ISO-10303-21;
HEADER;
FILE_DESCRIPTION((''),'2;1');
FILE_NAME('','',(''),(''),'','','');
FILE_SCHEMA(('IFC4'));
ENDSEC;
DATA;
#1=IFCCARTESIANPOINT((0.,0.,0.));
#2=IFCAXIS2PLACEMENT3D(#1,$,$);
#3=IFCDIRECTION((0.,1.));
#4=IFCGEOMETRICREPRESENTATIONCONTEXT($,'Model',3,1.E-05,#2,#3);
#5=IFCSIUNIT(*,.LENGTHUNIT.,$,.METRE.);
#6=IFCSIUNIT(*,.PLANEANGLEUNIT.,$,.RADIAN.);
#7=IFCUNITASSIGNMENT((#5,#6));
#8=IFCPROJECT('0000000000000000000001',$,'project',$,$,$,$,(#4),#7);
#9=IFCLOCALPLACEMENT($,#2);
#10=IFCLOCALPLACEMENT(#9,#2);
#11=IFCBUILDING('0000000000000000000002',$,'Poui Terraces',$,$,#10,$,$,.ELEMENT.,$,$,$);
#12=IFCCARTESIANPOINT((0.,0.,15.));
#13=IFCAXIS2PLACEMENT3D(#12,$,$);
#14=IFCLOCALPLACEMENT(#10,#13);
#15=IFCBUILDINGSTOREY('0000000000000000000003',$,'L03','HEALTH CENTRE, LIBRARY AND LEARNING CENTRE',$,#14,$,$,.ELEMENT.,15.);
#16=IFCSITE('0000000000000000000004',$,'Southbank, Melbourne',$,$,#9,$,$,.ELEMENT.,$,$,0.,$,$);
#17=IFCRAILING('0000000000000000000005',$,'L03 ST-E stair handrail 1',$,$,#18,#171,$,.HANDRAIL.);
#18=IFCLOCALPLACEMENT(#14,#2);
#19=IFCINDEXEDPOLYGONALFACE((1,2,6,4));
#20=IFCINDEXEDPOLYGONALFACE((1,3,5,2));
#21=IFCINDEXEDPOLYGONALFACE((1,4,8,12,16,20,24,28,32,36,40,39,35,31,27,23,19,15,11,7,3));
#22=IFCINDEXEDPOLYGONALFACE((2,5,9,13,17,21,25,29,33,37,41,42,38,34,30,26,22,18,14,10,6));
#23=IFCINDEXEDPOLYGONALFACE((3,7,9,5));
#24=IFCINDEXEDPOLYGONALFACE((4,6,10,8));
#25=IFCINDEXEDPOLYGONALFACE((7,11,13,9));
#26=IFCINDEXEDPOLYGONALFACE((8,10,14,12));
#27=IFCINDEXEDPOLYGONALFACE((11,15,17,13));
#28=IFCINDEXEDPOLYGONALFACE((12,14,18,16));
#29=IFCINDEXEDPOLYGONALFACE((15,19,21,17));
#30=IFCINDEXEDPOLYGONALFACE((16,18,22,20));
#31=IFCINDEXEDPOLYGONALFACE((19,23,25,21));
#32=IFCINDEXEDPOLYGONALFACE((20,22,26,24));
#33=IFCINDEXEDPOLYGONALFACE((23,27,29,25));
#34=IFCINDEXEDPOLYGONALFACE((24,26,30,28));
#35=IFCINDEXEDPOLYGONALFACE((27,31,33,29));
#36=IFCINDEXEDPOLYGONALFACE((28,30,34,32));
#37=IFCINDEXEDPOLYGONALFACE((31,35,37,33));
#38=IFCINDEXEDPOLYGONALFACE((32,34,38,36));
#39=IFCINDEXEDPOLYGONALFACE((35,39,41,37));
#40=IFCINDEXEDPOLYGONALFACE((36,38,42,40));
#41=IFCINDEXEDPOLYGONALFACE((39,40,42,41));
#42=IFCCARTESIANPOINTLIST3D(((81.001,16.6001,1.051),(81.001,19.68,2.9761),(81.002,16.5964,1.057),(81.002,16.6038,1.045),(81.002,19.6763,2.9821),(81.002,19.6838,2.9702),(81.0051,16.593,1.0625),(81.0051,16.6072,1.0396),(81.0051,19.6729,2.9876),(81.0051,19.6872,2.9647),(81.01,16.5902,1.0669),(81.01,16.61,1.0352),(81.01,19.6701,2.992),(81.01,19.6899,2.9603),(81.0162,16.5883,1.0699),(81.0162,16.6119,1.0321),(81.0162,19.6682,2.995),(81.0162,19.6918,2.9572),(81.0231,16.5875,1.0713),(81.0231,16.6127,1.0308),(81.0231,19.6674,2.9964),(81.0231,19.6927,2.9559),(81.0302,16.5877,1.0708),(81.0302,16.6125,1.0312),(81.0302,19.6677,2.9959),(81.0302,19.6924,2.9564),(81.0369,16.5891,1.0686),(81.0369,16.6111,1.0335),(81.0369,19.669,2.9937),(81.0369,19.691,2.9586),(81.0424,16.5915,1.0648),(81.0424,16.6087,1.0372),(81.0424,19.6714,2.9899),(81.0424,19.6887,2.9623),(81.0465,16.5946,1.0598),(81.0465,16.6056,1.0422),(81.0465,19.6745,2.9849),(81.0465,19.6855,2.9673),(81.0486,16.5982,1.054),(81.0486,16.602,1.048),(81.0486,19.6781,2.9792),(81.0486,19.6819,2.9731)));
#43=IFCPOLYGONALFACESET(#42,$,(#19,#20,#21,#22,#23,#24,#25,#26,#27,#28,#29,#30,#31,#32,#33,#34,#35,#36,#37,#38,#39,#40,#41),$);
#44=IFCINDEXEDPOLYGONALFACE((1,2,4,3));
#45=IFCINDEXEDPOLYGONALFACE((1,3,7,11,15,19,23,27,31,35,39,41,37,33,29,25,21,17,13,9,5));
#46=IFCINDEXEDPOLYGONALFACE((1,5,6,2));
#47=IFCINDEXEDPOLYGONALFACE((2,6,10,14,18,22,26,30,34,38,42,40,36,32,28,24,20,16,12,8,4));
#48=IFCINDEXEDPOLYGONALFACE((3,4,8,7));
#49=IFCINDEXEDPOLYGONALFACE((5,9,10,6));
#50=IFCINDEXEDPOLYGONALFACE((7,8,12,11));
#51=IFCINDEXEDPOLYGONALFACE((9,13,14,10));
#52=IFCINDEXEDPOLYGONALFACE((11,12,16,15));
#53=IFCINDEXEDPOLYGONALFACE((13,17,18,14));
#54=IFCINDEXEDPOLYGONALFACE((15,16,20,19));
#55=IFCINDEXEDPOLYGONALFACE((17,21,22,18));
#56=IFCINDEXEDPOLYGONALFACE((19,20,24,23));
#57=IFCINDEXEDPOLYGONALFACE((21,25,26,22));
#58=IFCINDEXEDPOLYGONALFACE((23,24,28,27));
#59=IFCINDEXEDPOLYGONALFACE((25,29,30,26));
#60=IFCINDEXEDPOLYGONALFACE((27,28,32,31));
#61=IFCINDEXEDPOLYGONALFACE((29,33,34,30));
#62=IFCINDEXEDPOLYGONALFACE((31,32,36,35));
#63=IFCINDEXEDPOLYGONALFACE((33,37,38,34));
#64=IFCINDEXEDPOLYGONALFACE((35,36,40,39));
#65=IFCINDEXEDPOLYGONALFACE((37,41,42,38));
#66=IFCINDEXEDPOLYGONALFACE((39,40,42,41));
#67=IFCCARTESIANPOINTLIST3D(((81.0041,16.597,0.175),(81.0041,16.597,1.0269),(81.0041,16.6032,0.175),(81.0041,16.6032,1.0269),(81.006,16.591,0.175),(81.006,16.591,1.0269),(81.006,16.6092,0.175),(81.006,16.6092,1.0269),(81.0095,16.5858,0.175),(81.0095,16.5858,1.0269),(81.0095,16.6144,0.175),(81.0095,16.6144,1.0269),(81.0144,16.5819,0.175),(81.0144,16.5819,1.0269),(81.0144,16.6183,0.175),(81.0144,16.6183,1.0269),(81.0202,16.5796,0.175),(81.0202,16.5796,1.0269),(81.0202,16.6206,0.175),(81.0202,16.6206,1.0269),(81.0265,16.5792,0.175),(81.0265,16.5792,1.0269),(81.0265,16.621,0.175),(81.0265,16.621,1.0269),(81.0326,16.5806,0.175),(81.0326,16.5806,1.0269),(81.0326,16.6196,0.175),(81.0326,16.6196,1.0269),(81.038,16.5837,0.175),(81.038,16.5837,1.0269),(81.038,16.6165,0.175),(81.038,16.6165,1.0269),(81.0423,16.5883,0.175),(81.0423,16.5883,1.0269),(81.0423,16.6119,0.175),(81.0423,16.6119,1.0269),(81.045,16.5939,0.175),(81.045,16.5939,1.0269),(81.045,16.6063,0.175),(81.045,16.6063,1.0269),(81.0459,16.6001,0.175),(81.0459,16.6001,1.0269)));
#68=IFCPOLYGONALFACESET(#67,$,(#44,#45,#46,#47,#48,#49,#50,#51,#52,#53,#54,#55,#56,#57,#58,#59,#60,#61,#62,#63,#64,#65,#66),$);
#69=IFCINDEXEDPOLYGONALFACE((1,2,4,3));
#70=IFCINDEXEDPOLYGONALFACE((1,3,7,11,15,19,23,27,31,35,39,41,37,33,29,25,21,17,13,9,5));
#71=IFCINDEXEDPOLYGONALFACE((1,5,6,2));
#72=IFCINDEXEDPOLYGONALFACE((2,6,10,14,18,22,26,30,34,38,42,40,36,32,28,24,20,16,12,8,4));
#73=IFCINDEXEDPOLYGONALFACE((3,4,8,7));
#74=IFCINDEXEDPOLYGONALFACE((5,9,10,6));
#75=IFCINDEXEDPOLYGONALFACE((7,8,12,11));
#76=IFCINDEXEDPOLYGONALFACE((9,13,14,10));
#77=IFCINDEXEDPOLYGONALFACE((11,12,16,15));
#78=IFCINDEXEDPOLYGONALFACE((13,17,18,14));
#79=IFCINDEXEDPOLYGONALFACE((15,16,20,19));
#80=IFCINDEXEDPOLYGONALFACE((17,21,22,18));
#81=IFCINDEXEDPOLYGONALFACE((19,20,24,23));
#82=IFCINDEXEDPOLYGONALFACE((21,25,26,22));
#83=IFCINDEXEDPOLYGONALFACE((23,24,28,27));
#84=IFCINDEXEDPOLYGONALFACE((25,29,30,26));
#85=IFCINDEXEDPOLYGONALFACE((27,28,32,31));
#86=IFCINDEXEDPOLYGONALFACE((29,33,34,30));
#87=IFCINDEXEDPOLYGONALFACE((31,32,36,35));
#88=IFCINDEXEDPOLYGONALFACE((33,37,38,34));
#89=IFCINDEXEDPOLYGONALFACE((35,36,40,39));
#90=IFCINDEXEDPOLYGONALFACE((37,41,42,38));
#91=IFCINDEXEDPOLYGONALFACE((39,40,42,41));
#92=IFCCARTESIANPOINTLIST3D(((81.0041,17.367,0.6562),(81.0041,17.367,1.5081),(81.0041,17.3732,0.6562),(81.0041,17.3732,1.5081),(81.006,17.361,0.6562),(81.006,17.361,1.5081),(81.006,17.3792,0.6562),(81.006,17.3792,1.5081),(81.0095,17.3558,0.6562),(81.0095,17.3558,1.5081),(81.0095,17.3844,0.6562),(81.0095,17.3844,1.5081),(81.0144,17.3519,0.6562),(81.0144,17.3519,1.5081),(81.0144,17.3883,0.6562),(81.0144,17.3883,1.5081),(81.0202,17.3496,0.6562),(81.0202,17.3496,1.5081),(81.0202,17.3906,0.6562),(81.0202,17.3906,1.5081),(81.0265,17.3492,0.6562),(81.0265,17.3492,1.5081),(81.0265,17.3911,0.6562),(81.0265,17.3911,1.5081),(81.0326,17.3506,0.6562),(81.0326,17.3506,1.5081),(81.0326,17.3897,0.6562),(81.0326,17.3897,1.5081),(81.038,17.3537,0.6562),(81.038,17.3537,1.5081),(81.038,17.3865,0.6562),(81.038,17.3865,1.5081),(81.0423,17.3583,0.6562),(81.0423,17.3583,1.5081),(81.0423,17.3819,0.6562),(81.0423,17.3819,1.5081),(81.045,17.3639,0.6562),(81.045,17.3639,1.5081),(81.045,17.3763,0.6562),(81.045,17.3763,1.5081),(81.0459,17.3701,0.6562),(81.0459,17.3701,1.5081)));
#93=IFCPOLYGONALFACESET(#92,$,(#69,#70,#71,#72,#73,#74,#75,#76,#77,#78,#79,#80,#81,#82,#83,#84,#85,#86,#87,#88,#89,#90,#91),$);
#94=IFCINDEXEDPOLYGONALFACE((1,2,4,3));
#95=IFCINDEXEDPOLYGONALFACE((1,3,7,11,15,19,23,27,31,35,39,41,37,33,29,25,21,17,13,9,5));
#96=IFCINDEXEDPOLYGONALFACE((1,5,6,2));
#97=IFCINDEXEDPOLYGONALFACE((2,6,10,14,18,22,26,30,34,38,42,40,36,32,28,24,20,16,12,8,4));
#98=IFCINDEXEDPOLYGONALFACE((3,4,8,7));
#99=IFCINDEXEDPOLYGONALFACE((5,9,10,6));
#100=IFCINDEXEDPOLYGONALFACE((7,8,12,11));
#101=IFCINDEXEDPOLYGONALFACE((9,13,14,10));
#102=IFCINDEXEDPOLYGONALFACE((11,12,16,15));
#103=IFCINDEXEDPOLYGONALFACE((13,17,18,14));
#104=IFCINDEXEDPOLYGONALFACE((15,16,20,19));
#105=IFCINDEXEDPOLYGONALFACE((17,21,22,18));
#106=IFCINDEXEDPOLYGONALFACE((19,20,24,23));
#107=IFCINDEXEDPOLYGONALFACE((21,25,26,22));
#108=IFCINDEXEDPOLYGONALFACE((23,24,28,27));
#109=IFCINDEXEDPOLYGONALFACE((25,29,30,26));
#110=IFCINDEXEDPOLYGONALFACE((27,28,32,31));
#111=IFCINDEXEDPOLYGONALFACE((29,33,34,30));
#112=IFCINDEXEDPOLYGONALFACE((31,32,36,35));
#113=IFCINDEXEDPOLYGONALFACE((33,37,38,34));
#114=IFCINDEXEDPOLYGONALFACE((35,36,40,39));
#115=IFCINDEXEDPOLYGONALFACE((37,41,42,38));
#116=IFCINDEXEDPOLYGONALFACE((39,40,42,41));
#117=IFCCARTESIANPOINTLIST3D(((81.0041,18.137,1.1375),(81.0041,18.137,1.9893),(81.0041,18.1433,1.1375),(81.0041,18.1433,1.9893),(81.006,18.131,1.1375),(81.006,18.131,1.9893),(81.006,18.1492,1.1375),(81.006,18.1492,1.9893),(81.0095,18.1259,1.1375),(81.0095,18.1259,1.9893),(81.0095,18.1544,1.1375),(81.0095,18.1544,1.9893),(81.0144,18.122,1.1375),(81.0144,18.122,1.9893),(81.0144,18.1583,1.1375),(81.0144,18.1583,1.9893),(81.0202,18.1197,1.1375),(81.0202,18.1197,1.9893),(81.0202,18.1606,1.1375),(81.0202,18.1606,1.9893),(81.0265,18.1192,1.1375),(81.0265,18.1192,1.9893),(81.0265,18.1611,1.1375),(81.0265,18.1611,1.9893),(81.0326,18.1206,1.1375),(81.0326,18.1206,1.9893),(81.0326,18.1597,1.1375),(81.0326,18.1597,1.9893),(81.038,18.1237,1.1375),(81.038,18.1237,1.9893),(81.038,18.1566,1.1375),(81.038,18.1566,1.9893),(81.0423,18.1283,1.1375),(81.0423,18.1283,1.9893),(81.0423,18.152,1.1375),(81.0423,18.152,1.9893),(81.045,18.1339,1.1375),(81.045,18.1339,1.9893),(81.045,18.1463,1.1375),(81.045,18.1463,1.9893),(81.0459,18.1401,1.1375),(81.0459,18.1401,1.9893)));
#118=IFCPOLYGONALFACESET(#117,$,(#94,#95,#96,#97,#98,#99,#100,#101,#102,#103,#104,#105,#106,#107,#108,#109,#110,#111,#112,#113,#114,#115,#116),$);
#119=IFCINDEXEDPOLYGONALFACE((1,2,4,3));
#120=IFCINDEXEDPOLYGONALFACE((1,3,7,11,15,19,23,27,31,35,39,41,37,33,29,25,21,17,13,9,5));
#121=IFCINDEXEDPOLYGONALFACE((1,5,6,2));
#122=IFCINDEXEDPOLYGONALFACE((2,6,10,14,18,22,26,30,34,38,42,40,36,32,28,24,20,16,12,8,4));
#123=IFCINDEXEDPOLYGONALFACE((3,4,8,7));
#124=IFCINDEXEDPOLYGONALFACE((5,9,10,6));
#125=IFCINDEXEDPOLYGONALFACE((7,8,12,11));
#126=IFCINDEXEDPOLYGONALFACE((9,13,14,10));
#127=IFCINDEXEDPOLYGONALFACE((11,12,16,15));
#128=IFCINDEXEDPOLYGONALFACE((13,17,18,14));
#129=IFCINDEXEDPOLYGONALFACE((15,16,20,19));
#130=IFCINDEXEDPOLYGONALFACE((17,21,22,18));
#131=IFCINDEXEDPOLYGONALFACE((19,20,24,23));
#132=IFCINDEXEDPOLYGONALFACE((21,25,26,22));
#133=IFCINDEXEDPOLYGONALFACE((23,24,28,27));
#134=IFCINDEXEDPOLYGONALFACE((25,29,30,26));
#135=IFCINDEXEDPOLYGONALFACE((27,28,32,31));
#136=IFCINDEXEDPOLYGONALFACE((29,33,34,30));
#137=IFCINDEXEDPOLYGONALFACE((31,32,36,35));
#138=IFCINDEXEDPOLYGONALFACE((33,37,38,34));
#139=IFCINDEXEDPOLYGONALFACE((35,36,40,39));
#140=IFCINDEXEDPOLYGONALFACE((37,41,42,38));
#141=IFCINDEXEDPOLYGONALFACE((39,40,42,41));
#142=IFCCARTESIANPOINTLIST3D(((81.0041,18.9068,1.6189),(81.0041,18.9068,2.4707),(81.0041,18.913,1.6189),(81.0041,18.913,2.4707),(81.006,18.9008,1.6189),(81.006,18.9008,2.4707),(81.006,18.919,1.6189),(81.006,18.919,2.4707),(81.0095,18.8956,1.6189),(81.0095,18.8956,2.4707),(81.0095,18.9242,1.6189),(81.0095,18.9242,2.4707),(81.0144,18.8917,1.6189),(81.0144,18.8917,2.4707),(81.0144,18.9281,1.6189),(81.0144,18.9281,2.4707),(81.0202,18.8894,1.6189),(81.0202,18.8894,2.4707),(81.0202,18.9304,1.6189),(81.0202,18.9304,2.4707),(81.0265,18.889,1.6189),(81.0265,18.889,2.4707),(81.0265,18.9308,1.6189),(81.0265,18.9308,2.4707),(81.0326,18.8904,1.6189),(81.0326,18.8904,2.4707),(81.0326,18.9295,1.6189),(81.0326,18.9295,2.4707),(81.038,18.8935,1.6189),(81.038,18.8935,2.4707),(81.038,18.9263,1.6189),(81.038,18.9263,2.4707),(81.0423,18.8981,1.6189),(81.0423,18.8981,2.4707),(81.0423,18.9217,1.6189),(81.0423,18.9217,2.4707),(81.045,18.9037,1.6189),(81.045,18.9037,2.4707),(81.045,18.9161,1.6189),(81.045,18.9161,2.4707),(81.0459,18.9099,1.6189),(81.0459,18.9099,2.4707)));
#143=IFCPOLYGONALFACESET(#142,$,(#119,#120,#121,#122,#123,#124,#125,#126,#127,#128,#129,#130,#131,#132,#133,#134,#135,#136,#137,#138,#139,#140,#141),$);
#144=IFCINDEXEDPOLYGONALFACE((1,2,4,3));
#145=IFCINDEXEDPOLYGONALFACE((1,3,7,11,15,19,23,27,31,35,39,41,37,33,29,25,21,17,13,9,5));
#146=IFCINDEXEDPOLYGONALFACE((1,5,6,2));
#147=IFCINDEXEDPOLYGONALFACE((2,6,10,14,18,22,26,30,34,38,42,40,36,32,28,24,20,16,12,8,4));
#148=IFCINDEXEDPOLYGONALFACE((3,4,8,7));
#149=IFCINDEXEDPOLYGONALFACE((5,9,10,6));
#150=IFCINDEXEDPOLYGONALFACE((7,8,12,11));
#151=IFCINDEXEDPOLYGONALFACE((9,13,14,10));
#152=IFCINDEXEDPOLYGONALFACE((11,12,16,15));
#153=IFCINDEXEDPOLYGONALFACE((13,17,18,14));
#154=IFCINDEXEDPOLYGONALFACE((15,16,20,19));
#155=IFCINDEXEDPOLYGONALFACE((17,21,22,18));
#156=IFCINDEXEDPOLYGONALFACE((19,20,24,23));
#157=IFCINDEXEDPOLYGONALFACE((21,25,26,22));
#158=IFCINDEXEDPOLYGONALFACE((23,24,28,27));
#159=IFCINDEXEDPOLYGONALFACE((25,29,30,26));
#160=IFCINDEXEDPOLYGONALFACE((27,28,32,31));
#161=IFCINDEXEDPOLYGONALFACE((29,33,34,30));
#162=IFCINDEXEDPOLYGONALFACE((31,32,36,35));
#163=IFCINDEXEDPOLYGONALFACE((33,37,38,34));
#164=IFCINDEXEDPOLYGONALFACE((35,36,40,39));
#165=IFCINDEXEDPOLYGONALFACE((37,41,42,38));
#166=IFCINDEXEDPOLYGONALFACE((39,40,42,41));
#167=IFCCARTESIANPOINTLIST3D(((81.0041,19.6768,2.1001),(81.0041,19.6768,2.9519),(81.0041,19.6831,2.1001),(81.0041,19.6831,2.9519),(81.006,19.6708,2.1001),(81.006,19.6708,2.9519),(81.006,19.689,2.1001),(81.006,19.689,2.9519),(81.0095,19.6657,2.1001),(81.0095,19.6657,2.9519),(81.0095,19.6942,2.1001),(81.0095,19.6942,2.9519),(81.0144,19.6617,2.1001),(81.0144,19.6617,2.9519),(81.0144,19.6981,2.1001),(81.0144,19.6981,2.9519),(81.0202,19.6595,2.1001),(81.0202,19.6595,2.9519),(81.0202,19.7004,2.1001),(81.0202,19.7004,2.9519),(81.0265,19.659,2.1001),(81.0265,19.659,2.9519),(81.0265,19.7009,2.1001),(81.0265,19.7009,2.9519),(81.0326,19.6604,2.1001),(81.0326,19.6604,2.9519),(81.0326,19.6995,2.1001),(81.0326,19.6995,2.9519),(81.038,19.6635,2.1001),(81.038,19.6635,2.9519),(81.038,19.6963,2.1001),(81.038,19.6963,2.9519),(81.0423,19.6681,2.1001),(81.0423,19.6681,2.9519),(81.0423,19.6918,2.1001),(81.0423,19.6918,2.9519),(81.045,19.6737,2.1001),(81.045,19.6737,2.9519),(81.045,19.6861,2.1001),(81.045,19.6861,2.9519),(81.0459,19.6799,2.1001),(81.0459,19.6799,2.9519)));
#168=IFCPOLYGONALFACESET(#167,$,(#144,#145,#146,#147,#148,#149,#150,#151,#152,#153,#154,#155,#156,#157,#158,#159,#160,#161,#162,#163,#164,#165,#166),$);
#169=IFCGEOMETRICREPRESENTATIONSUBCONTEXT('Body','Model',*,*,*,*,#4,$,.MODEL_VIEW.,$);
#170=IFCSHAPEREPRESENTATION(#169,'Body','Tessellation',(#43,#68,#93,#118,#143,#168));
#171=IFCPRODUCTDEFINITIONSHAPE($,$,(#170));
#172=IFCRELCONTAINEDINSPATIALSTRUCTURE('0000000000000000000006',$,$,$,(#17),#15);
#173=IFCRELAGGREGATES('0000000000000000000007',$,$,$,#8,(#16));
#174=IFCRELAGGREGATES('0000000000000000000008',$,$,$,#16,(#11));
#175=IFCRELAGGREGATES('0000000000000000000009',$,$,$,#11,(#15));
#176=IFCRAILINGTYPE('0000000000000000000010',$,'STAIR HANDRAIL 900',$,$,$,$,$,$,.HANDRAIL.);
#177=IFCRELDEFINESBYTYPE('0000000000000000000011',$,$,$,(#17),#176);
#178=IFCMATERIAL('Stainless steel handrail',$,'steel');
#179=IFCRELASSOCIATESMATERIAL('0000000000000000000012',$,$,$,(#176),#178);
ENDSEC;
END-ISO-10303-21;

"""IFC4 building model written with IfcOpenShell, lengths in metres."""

from ifc_helpers import new_model, si_unit, direction, frame, origin, origin_2d, place, context, subcontext, project, spatial, circle, extrude, material, type_object, element, save


model = new_model("IFC4")

# Units and contexts
model_context = context("Model", 3, precision=1e-05, world=origin(), true_north=direction((0.0, 1.0)))
body_context = subcontext(model_context, "Body", "Model", "MODEL_VIEW")
ifc_project = project(units=[si_unit("LENGTHUNIT", "METRE"), si_unit("PLANEANGLEUNIT", "RADIAN")], contexts=[model_context])

# Site, building, storey
site_placement = place(None, origin())
site = spatial("IfcSite", under=ifc_project, at=site_placement, Name="Southbank, Melbourne", CompositionType="ELEMENT", RefElevation=0.0)
building_placement = place(site_placement, origin())
building = spatial("IfcBuilding", under=site, at=building_placement, Name="Poui Terraces", CompositionType="ELEMENT")
storey_placement = place(building_placement, frame((0.0, 0.0, 15.0)))
storey = spatial("IfcBuildingStorey", under=building, at=storey_placement, Name="L03", Description="HEALTH CENTRE, LIBRARY AND LEARNING CENTRE", CompositionType="ELEMENT", Elevation=15.0)

# Railing
ifc_material_1 = material(Name="Stainless steel handrail", Category="steel")
railing_type_1 = type_object("IfcRailingType", Name="STAIR HANDRAIL 900", PredefinedType="HANDRAIL", material=ifc_material_1)
railing_1_placement = place(storey_placement, frame((81.0249, 16.6001, 0.175)))
element("IfcRailing", 1, at=railing_1_placement, inside=storey, type_object=railing_type_1, Name="L03 ST-E stair handrail 1", PredefinedType="HANDRAIL", context=body_context, shape_type="SweptSolid", body=[
    extrude(circle(Radius=0.0239, at=origin_2d()), frame((0.0, 0.0, 0.876), z_axis=(0.0, 0.847979, 0.530029), x_axis=(-1.0, 0.0, 0.0)), (0.0, 0.0, 1.0), 3.6321),
    extrude(circle(Radius=0.021, at=origin_2d()), origin(), (0.0, 0.0, 1.0), 0.8518),
    extrude(circle(Radius=0.021, at=origin_2d()), frame((0.0, 0.77, 0.4812)), (0.0, 0.0, 1.0), 0.8518),
    extrude(circle(Radius=0.021, at=origin_2d()), frame((0.0, 1.54, 0.9624)), (0.0, 0.0, 1.0), 0.8518),
    extrude(circle(Radius=0.021, at=origin_2d()), frame((0.0, 2.3098, 1.4438)), (0.0, 0.0, 1.0), 0.8518),
    extrude(circle(Radius=0.021, at=origin_2d()), frame((0.0, 3.0798, 1.925)), (0.0, 0.0, 1.0), 0.8518),
])

save(model, "model.ifc")
